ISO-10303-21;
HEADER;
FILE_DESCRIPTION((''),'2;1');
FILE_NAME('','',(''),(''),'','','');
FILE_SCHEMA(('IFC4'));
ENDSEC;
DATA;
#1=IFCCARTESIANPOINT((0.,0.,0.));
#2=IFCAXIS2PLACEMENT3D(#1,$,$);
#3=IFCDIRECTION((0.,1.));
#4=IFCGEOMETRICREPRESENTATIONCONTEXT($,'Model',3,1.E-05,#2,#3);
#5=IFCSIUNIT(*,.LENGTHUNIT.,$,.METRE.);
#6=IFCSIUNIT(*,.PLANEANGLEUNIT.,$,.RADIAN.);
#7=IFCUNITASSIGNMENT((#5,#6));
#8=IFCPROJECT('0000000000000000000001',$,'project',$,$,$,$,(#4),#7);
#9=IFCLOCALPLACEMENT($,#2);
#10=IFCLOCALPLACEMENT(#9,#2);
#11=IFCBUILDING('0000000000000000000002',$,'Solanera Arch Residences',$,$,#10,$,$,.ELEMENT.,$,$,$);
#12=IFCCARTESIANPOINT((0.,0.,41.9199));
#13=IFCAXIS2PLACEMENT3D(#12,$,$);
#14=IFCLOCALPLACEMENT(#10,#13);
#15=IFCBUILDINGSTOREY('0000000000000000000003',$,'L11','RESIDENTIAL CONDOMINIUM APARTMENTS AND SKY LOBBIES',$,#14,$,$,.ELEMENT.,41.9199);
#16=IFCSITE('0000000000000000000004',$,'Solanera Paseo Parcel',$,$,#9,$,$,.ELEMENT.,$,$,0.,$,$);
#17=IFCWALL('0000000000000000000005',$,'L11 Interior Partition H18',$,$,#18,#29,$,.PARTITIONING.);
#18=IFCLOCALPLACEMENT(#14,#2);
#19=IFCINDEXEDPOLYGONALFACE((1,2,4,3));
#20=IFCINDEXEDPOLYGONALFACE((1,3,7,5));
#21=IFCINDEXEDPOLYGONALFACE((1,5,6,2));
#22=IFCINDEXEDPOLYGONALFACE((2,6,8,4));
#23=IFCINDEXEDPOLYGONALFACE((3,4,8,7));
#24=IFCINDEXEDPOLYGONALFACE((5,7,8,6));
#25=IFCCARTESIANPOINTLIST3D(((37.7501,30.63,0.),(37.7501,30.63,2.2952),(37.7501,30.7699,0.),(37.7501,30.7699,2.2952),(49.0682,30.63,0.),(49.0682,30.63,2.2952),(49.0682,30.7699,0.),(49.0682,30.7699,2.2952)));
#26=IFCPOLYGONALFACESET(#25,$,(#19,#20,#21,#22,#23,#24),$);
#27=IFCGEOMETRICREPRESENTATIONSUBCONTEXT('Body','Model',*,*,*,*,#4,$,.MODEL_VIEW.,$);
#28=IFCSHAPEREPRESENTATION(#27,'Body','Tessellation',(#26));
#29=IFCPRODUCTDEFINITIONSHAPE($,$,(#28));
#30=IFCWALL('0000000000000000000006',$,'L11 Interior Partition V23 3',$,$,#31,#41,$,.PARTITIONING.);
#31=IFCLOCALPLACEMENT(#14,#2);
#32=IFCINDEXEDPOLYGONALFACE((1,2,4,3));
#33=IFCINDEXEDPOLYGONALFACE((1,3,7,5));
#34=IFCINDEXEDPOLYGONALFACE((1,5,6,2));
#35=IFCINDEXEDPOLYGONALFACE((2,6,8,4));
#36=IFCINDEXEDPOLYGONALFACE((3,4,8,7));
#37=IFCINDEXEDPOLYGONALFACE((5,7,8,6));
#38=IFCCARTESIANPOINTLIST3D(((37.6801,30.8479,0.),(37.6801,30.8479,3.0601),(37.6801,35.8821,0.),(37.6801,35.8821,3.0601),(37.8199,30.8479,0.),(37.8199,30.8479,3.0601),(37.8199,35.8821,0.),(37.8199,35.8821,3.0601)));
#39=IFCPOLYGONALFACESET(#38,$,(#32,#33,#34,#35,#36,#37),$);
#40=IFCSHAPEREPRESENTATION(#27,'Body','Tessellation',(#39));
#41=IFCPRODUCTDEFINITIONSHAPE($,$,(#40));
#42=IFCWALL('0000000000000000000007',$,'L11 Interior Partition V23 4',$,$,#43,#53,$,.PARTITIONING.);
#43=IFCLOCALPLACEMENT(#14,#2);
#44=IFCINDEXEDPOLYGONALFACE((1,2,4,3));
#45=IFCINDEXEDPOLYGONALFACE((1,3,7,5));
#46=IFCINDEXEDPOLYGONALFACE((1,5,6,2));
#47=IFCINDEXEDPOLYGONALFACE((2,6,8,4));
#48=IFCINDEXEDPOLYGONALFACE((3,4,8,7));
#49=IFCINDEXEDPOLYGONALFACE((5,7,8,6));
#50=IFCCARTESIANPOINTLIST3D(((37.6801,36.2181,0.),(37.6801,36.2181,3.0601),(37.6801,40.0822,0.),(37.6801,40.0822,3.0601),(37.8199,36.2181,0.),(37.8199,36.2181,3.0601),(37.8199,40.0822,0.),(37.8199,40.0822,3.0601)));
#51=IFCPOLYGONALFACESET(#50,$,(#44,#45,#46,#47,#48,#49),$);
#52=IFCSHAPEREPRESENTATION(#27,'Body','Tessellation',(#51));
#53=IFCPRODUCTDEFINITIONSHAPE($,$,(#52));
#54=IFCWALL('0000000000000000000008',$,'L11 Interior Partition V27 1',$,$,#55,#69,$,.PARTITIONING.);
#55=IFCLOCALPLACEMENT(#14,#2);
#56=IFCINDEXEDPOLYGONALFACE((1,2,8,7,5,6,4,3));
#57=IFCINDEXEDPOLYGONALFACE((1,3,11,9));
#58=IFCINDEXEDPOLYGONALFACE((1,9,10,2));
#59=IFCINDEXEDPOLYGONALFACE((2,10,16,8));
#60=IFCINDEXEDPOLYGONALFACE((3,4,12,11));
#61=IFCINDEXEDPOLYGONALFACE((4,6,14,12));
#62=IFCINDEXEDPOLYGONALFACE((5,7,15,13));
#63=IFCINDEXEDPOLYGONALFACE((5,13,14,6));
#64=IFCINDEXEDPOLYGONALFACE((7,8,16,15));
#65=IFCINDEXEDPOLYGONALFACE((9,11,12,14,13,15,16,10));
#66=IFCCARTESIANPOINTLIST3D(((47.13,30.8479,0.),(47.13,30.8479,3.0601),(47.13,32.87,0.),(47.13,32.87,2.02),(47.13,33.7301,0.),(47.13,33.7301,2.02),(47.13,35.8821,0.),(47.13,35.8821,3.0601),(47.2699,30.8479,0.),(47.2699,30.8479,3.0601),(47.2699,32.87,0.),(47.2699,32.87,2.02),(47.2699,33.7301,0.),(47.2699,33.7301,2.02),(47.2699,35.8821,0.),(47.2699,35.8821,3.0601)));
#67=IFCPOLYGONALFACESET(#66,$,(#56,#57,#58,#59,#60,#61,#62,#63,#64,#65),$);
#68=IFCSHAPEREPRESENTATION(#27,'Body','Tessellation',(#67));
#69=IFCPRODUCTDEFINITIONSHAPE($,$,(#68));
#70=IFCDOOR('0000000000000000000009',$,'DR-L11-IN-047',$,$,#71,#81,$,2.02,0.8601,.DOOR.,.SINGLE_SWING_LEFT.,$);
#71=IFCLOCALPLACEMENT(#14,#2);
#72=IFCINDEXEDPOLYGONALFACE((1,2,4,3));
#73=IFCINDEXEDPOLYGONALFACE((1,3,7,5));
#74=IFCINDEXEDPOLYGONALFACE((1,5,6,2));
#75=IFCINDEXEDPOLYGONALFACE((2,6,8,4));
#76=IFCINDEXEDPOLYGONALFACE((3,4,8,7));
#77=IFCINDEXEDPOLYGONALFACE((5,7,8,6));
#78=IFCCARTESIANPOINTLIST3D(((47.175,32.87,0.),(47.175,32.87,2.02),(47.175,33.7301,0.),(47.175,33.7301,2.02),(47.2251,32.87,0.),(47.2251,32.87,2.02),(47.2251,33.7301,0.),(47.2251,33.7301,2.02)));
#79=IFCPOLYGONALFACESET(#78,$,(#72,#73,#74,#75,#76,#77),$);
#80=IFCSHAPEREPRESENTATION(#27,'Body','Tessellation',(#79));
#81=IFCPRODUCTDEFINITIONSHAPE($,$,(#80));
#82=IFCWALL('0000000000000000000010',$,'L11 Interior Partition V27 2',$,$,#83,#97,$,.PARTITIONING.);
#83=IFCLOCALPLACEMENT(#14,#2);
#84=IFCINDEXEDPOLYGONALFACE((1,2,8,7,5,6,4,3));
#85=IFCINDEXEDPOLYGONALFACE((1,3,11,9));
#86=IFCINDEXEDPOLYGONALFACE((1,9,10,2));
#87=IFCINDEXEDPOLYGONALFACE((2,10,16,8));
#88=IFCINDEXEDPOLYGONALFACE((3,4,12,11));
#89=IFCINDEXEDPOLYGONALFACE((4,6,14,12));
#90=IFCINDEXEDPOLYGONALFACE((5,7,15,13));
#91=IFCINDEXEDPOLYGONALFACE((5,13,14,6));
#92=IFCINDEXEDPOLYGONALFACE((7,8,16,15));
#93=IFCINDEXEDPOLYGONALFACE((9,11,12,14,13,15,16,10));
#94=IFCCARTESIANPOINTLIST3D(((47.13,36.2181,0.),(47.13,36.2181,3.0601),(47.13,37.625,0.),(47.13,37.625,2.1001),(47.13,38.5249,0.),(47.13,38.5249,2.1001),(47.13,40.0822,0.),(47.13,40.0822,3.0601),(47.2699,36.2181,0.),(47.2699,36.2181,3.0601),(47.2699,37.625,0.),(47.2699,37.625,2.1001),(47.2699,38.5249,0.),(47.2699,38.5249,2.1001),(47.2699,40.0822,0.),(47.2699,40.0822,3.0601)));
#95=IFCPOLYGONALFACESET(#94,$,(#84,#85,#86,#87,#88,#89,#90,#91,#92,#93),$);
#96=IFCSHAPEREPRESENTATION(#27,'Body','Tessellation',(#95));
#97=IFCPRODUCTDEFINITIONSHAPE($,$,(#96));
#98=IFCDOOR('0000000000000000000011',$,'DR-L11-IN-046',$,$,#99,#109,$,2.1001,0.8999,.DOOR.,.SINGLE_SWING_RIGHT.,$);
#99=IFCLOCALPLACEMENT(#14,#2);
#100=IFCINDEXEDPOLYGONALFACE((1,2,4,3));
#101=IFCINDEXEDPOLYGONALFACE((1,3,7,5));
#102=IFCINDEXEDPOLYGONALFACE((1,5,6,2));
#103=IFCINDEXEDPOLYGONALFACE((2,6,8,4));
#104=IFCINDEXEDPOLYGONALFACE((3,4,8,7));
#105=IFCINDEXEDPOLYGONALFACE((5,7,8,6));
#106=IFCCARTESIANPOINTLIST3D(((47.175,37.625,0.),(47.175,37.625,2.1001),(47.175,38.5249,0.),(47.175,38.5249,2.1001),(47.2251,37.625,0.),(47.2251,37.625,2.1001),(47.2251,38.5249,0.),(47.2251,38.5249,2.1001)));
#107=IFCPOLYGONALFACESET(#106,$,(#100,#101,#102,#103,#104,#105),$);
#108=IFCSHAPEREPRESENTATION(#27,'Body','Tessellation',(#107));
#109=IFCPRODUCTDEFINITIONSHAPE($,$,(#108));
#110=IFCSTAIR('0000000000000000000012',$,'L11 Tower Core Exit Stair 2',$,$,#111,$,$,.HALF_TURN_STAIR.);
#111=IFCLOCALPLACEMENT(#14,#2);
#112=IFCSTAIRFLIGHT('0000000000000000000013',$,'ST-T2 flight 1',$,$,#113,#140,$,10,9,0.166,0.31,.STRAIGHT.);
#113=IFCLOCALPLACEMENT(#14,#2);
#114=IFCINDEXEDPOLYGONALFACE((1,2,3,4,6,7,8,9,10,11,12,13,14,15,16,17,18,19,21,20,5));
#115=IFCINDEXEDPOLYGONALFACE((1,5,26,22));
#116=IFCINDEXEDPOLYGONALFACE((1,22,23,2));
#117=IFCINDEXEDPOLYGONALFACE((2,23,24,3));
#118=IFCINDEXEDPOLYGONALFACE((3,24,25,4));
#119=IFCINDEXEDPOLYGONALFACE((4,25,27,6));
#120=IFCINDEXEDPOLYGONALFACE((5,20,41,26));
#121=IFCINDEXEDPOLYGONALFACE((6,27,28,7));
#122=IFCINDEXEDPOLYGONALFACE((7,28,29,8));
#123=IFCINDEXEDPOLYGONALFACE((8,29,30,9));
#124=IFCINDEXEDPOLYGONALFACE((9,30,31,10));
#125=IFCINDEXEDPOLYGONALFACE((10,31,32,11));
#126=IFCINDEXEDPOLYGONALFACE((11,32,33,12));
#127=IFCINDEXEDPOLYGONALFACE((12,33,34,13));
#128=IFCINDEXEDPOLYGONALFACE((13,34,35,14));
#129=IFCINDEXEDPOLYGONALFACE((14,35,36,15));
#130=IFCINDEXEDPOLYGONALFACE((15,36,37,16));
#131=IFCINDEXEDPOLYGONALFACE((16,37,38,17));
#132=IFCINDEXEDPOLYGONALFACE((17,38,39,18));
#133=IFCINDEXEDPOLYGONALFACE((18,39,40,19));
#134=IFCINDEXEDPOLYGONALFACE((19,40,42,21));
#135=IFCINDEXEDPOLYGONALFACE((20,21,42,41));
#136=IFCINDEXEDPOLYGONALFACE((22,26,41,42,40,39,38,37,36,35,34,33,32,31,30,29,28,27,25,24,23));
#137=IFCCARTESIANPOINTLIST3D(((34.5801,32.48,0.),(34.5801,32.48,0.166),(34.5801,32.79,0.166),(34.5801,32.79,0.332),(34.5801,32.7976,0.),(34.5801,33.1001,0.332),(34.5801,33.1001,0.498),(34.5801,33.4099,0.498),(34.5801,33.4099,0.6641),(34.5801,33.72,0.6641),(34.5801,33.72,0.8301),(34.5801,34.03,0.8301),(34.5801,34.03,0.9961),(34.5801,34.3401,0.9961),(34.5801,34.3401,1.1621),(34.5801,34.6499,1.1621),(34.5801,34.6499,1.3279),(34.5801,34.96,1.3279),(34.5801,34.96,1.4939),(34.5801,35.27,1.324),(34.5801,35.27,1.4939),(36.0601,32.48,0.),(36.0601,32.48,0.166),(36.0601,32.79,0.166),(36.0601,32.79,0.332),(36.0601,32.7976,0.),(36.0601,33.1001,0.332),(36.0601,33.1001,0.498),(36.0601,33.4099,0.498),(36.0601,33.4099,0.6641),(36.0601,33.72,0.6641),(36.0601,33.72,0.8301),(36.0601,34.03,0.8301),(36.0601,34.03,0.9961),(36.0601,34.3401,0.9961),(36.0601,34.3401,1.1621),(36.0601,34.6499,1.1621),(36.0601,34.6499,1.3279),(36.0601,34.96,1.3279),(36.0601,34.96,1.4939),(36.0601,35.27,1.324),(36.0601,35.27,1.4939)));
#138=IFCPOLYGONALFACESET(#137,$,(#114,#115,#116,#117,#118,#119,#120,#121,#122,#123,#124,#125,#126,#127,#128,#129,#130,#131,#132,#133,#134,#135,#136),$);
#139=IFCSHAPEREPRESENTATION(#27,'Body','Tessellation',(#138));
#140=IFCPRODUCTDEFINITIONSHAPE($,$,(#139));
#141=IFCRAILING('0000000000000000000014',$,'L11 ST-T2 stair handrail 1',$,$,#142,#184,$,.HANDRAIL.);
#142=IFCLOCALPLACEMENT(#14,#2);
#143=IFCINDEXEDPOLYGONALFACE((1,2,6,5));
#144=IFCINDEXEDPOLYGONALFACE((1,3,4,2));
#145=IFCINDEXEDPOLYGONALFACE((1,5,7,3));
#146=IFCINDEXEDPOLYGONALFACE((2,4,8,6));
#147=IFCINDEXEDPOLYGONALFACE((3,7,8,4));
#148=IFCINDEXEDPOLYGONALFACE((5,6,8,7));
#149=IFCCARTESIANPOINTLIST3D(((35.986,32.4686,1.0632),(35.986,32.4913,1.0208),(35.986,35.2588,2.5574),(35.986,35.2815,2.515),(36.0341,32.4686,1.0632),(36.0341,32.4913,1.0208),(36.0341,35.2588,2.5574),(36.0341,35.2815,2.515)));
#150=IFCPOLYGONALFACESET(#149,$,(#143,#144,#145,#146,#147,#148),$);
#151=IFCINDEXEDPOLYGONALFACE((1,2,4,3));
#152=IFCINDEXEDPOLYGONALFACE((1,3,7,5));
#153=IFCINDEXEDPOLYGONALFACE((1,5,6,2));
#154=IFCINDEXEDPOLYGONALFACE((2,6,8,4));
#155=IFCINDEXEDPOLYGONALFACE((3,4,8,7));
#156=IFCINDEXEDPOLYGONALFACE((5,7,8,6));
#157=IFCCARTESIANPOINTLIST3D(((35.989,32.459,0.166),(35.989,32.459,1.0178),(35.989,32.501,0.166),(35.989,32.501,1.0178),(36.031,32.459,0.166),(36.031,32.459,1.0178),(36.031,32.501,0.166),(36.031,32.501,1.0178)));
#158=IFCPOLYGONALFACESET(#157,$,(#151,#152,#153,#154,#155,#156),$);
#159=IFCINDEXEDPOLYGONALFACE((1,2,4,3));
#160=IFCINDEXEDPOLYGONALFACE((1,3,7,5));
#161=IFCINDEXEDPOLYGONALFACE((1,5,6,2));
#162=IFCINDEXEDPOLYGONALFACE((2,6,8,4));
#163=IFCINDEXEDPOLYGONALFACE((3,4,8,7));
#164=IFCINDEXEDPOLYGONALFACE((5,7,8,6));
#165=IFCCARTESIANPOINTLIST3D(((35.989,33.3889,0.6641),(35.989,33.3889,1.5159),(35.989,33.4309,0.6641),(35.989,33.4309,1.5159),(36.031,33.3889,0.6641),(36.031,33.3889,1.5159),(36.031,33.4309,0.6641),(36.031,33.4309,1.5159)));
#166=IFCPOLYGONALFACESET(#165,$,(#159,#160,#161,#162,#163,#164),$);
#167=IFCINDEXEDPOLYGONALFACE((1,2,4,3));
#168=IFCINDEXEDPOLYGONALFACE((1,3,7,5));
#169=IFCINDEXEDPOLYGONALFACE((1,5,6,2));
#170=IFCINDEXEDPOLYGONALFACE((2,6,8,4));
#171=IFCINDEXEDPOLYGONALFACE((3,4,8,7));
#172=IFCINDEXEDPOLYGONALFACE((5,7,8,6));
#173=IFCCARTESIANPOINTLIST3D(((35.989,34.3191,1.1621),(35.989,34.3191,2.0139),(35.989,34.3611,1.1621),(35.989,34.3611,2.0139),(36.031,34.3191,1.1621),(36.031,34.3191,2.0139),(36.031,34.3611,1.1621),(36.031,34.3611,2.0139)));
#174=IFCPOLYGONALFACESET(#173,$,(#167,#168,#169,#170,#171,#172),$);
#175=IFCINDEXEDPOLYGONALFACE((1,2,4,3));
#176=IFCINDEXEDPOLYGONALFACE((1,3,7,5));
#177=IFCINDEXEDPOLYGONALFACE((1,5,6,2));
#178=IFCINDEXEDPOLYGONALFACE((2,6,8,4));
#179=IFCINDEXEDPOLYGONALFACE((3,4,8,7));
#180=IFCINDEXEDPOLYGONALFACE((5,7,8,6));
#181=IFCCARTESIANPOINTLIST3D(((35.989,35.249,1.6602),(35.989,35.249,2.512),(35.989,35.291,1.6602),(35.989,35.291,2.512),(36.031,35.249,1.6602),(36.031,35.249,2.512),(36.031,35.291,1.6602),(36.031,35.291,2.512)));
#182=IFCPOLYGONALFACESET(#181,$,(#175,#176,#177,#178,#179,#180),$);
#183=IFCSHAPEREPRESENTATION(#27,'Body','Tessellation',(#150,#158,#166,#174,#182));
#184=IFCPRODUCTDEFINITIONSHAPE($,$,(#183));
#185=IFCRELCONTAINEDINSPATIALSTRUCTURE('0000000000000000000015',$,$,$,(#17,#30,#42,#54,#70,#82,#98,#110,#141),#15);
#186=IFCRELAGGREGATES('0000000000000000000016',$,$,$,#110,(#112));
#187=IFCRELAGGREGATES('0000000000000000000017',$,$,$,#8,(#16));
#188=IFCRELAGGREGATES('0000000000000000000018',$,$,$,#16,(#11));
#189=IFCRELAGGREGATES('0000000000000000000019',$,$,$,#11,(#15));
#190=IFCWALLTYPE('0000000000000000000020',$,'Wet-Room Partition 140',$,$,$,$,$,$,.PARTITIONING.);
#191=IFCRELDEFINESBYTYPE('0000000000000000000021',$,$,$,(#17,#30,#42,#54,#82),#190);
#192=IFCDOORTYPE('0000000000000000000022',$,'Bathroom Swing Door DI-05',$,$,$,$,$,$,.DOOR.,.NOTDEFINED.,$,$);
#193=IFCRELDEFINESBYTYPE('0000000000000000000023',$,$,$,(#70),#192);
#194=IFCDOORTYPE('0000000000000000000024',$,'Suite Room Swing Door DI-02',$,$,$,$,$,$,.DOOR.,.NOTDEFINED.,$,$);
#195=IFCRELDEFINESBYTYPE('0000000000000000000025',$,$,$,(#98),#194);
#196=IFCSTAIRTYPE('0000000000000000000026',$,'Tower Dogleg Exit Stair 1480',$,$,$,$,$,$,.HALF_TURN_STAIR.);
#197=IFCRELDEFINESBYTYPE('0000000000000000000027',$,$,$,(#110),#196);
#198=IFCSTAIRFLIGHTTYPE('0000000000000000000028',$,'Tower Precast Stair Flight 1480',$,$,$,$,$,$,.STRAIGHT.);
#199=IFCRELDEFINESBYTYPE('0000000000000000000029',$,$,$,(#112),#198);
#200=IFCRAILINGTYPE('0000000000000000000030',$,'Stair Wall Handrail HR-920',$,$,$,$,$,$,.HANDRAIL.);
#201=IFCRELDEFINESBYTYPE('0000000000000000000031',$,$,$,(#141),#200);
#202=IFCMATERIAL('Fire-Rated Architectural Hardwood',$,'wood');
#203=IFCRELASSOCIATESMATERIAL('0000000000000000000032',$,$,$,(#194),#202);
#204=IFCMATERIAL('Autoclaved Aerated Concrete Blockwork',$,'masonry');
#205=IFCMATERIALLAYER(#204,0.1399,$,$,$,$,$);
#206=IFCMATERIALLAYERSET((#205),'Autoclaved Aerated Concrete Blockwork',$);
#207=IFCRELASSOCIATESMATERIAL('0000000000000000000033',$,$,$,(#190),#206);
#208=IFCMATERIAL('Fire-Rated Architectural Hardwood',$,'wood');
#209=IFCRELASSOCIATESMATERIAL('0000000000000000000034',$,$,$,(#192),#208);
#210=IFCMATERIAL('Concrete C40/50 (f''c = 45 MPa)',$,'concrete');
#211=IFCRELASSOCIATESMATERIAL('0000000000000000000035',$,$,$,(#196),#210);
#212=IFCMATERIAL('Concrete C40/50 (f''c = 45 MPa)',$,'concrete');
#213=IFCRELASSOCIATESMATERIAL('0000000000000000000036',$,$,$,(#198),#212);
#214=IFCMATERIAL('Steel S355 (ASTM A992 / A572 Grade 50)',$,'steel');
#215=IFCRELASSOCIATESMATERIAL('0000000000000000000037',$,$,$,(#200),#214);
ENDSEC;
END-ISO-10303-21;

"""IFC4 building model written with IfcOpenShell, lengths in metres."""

from ifc_helpers import new_model, si_unit, direction, frame, frame_2d, origin, origin_2d, place, context, subcontext, project, spatial, polyline, rectangle, outline, extrude, material, layer, layer_set, type_object, element, fill, aggregate, save


model = new_model("IFC4")

# Units and contexts
model_context = context("Model", 3, precision=1e-05, world=origin(), true_north=direction((0.0, 1.0)))
body_context = subcontext(model_context, "Body", "Model", "MODEL_VIEW")
ifc_project = project(units=[si_unit("LENGTHUNIT", "METRE"), si_unit("PLANEANGLEUNIT", "RADIAN")], contexts=[model_context])

# Site, building, storey
site_placement = place(None, origin())
site = spatial("IfcSite", under=ifc_project, at=site_placement, Name="Solanera Paseo Parcel", CompositionType="ELEMENT", RefElevation=0.0)
building_placement = place(site_placement, origin())
building = spatial("IfcBuilding", under=site, at=building_placement, Name="Solanera Arch Residences", CompositionType="ELEMENT")
storey_placement = place(building_placement, frame((0.0, 0.0, 41.9199)))
storey = spatial("IfcBuildingStorey", under=building, at=storey_placement, Name="L11", Description="RESIDENTIAL CONDOMINIUM APARTMENTS AND SKY LOBBIES", CompositionType="ELEMENT", Elevation=41.9199)

# Shared definitions
ifc_material_1 = material(Name="Fire-Rated Architectural Hardwood", Category="wood")
door_type_1 = type_object("IfcDoorType", Name="Suite Room Swing Door DI-02", OperationType="NOTDEFINED", PredefinedType="DOOR", material=ifc_material_1)

# Walls
ifc_material_2 = material(Name="Autoclaved Aerated Concrete Blockwork", Category="masonry")
ifc_layer_1 = layer(ifc_material_2, 0.1399)
ifc_layer_set_1 = layer_set([ifc_layer_1], Name="Autoclaved Aerated Concrete Blockwork")
wall_type_1 = type_object("IfcWallType", Name="Wet-Room Partition 140", PredefinedType="PARTITIONING", material=ifc_layer_set_1)
wall_1_placement = place(storey_placement, frame((37.75, 30.7, 0.0), z_axis=(0.0, 0.0, 1.0), x_axis=(1.0, 0.0, 0.0)))
element("IfcWall", 1, at=wall_1_placement, inside=storey, type_object=wall_type_1, Name="L11 Interior Partition H18", PredefinedType="PARTITIONING", context=body_context, shape_type="SweptSolid", body=[
    extrude(rectangle(XDim=11.3181, YDim=0.1399, at=frame_2d((5.6592, 0.0))), origin(), (0.0, 0.0, 1.0), 2.2952),
])
wall_2_placement = place(storey_placement, frame((37.75, 30.8479, 0.0), z_axis=(0.0, 0.0, 1.0), x_axis=(0.0, 1.0, 0.0)))
element("IfcWall", 2, at=wall_2_placement, inside=storey, type_object=wall_type_1, Name="L11 Interior Partition V23 3", PredefinedType="PARTITIONING", context=body_context, shape_type="SweptSolid", body=[
    extrude(rectangle(XDim=5.0342, YDim=0.1399, at=frame_2d((2.5171, 0.0))), origin(), (0.0, 0.0, 1.0), 3.0601),
])
wall_3_placement = place(storey_placement, frame((37.75, 36.218, 0.0), z_axis=(0.0, 0.0, 1.0), x_axis=(0.0, 1.0, 0.0)))
element("IfcWall", 3, at=wall_3_placement, inside=storey, type_object=wall_type_1, Name="L11 Interior Partition V23 4", PredefinedType="PARTITIONING", context=body_context, shape_type="SweptSolid", body=[
    extrude(rectangle(XDim=3.864, YDim=0.1399, at=frame_2d((1.9321, 0.0))), origin(), (0.0, 0.0, 1.0), 3.0601),
])

# Walls, openings, doors
wall_4_placement = place(storey_placement, frame((47.2, 30.8479, 0.0), z_axis=(0.0, 0.0, 1.0), x_axis=(0.0, 1.0, 0.0)))
wall_4 = element("IfcWall", 4, at=wall_4_placement, inside=storey, type_object=wall_type_1, Name="L11 Interior Partition V27 1", PredefinedType="PARTITIONING", context=body_context, shape_type="SweptSolid", body=[
    extrude(rectangle(XDim=5.0342, YDim=0.1399, at=frame_2d((2.5171, 0.0))), origin(), (0.0, 0.0, 1.0), 3.0601),
])
opening_1_placement = place(wall_4_placement, frame((2.022, 0.0, 0.0)))
opening_1 = element("IfcOpeningElement", 5, at=opening_1_placement, cuts=wall_4, PredefinedType="OPENING", context=body_context, shape_type="SweptSolid", body=[
    extrude(rectangle(XDim=0.8601, YDim=2.02, at=frame_2d((0.4302, 1.01))), frame((0.0, 0.0798, 0.0), z_axis=(0.0, -1.0, 0.0), x_axis=(1.0, 0.0, 0.0)), (0.0, 0.0, 1.0), 0.1599),
])
ifc_material_3 = material(Name="Fire-Rated Architectural Hardwood", Category="wood")
door_type_2 = type_object("IfcDoorType", Name="Bathroom Swing Door DI-05", OperationType="NOTDEFINED", PredefinedType="DOOR", material=ifc_material_3)
door_1_placement = place(opening_1_placement, origin())
door_1 = element("IfcDoor", 6, at=door_1_placement, inside=storey, type_object=door_type_2, Name="DR-L11-IN-047", OperationType="SINGLE_SWING_LEFT", OverallHeight=2.02, OverallWidth=0.8601, PredefinedType="DOOR", context=body_context, shape_type="SweptSolid", body=[
    extrude(rectangle(XDim=0.8601, YDim=2.02, at=frame_2d((0.4302, 1.01))), frame((0.0, 0.0249, 0.0), z_axis=(0.0, -1.0, 0.0), x_axis=(1.0, 0.0, 0.0)), (0.0, 0.0, 1.0), 0.05),
])
fill(opening_1, door_1)
wall_5_placement = place(storey_placement, frame((47.2, 36.218, 0.0), z_axis=(0.0, 0.0, 1.0), x_axis=(0.0, 1.0, 0.0)))
wall_5 = element("IfcWall", 7, at=wall_5_placement, inside=storey, type_object=wall_type_1, Name="L11 Interior Partition V27 2", PredefinedType="PARTITIONING", context=body_context, shape_type="SweptSolid", body=[
    extrude(rectangle(XDim=3.864, YDim=0.1399, at=frame_2d((1.9321, 0.0))), origin(), (0.0, 0.0, 1.0), 3.0601),
])
opening_2_placement = place(wall_5_placement, frame((1.407, 0.0, 0.0)))
opening_2 = element("IfcOpeningElement", 8, at=opening_2_placement, cuts=wall_5, PredefinedType="OPENING", context=body_context, shape_type="SweptSolid", body=[
    extrude(rectangle(XDim=0.8999, YDim=2.1001, at=frame_2d((0.45, 1.05))), frame((0.0, 0.0798, 0.0), z_axis=(0.0, -1.0, 0.0), x_axis=(1.0, 0.0, 0.0)), (0.0, 0.0, 1.0), 0.1599),
])
door_2_placement = place(opening_2_placement, origin())
door_2 = element("IfcDoor", 9, at=door_2_placement, inside=storey, type_object=door_type_1, Name="DR-L11-IN-046", OperationType="SINGLE_SWING_RIGHT", OverallHeight=2.1001, OverallWidth=0.8999, PredefinedType="DOOR", context=body_context, shape_type="SweptSolid", body=[
    extrude(rectangle(XDim=0.8999, YDim=2.1001, at=frame_2d((0.45, 1.05))), frame((0.0, 0.0249, 0.0), z_axis=(0.0, -1.0, 0.0), x_axis=(1.0, 0.0, 0.0)), (0.0, 0.0, 1.0), 0.05),
])
fill(opening_2, door_2)

# Stair, stair flight
ifc_material_4 = material(Name="Concrete C40/50 (f'c = 45 MPa)", Category="concrete")
stair_type = type_object("IfcStairType", Name="Tower Dogleg Exit Stair 1480", PredefinedType="HALF_TURN_STAIR", material=ifc_material_4)
stair_placement = place(storey_placement, origin())
stair = element("IfcStair", 10, at=stair_placement, inside=storey, type_object=stair_type, Name="L11 Tower Core Exit Stair 2", PredefinedType="HALF_TURN_STAIR")
ifc_material_5 = material(Name="Concrete C40/50 (f'c = 45 MPa)", Category="concrete")
stair_flight_type = type_object("IfcStairFlightType", Name="Tower Precast Stair Flight 1480", PredefinedType="STRAIGHT", material=ifc_material_5)
stair_flight_placement = place(storey_placement, frame((35.3201, 32.48, 0.0), z_axis=(0.0, 0.0, 1.0), x_axis=(0.0, 1.0, 0.0)))
stair_flight = element("IfcStairFlight", 11, at=stair_flight_placement, type_object=stair_flight_type, Name="ST-T2 flight 1", NumberOfRisers=10, NumberOfTreads=9, PredefinedType="STRAIGHT", RiserHeight=0.166, TreadLength=0.31, context=body_context, shape_type="SweptSolid", body=[
    extrude(outline(polyline([(0.0, 0.0), (0.0, 0.166), (0.3101, 0.166), (0.3101, 0.332), (0.6201, 0.332), (0.6201, 0.498), (0.9299, 0.498), (0.9299, 0.6641), (1.24, 0.6641), (1.24, 0.8301), (1.55, 0.8301), (1.55, 0.9961), (1.8601, 0.9961), (1.8601, 1.1621), (2.1699, 1.1621), (2.1699, 1.3279), (2.48, 1.3279), (2.48, 1.4939), (2.79, 1.4939), (2.79, 1.6599), (2.79, 1.324), (0.3176, 0.0), (0.0, 0.0)])), frame((0.0, 0.74, 0.0), z_axis=(0.0, -1.0, 0.0), x_axis=(1.0, 0.0, 0.0)), (0.0, 0.0, 1.0), 1.48),
])
aggregate(stair, [stair_flight])

# Railing
ifc_material_6 = material(Name="Steel S355 (ASTM A992 / A572 Grade 50)", Category="steel")
railing_type = type_object("IfcRailingType", Name="Stair Wall Handrail HR-920", PredefinedType="HANDRAIL", material=ifc_material_6)
railing_placement = place(storey_placement, frame((36.01, 32.48, 0.166)))
element("IfcRailing", 12, at=railing_placement, inside=storey, type_object=railing_type, Name="L11 ST-T2 stair handrail 1", PredefinedType="HANDRAIL", context=body_context, shape_type="SweptSolid", body=[
    extrude(rectangle(XDim=0.0481, YDim=0.0481, at=origin_2d()), frame((0.0, 0.0, 0.876), z_axis=(0.0, 0.881549, 0.472093), x_axis=(-1.0, 0.0, 0.0)), (0.0, 0.0, 1.0), 3.165),
    extrude(rectangle(XDim=0.042, YDim=0.042, at=origin_2d()), origin(), (0.0, 0.0, 1.0), 0.8518),
    extrude(rectangle(XDim=0.042, YDim=0.042, at=origin_2d()), frame((0.0, 0.9299, 0.498)), (0.0, 0.0, 1.0), 0.8518),
    extrude(rectangle(XDim=0.042, YDim=0.042, at=origin_2d()), frame((0.0, 1.8601, 0.9961)), (0.0, 0.0, 1.0), 0.8518),
    extrude(rectangle(XDim=0.042, YDim=0.042, at=origin_2d()), frame((0.0, 2.79, 1.4941)), (0.0, 0.0, 1.0), 0.8518),
])

save(model, "model.ifc")
